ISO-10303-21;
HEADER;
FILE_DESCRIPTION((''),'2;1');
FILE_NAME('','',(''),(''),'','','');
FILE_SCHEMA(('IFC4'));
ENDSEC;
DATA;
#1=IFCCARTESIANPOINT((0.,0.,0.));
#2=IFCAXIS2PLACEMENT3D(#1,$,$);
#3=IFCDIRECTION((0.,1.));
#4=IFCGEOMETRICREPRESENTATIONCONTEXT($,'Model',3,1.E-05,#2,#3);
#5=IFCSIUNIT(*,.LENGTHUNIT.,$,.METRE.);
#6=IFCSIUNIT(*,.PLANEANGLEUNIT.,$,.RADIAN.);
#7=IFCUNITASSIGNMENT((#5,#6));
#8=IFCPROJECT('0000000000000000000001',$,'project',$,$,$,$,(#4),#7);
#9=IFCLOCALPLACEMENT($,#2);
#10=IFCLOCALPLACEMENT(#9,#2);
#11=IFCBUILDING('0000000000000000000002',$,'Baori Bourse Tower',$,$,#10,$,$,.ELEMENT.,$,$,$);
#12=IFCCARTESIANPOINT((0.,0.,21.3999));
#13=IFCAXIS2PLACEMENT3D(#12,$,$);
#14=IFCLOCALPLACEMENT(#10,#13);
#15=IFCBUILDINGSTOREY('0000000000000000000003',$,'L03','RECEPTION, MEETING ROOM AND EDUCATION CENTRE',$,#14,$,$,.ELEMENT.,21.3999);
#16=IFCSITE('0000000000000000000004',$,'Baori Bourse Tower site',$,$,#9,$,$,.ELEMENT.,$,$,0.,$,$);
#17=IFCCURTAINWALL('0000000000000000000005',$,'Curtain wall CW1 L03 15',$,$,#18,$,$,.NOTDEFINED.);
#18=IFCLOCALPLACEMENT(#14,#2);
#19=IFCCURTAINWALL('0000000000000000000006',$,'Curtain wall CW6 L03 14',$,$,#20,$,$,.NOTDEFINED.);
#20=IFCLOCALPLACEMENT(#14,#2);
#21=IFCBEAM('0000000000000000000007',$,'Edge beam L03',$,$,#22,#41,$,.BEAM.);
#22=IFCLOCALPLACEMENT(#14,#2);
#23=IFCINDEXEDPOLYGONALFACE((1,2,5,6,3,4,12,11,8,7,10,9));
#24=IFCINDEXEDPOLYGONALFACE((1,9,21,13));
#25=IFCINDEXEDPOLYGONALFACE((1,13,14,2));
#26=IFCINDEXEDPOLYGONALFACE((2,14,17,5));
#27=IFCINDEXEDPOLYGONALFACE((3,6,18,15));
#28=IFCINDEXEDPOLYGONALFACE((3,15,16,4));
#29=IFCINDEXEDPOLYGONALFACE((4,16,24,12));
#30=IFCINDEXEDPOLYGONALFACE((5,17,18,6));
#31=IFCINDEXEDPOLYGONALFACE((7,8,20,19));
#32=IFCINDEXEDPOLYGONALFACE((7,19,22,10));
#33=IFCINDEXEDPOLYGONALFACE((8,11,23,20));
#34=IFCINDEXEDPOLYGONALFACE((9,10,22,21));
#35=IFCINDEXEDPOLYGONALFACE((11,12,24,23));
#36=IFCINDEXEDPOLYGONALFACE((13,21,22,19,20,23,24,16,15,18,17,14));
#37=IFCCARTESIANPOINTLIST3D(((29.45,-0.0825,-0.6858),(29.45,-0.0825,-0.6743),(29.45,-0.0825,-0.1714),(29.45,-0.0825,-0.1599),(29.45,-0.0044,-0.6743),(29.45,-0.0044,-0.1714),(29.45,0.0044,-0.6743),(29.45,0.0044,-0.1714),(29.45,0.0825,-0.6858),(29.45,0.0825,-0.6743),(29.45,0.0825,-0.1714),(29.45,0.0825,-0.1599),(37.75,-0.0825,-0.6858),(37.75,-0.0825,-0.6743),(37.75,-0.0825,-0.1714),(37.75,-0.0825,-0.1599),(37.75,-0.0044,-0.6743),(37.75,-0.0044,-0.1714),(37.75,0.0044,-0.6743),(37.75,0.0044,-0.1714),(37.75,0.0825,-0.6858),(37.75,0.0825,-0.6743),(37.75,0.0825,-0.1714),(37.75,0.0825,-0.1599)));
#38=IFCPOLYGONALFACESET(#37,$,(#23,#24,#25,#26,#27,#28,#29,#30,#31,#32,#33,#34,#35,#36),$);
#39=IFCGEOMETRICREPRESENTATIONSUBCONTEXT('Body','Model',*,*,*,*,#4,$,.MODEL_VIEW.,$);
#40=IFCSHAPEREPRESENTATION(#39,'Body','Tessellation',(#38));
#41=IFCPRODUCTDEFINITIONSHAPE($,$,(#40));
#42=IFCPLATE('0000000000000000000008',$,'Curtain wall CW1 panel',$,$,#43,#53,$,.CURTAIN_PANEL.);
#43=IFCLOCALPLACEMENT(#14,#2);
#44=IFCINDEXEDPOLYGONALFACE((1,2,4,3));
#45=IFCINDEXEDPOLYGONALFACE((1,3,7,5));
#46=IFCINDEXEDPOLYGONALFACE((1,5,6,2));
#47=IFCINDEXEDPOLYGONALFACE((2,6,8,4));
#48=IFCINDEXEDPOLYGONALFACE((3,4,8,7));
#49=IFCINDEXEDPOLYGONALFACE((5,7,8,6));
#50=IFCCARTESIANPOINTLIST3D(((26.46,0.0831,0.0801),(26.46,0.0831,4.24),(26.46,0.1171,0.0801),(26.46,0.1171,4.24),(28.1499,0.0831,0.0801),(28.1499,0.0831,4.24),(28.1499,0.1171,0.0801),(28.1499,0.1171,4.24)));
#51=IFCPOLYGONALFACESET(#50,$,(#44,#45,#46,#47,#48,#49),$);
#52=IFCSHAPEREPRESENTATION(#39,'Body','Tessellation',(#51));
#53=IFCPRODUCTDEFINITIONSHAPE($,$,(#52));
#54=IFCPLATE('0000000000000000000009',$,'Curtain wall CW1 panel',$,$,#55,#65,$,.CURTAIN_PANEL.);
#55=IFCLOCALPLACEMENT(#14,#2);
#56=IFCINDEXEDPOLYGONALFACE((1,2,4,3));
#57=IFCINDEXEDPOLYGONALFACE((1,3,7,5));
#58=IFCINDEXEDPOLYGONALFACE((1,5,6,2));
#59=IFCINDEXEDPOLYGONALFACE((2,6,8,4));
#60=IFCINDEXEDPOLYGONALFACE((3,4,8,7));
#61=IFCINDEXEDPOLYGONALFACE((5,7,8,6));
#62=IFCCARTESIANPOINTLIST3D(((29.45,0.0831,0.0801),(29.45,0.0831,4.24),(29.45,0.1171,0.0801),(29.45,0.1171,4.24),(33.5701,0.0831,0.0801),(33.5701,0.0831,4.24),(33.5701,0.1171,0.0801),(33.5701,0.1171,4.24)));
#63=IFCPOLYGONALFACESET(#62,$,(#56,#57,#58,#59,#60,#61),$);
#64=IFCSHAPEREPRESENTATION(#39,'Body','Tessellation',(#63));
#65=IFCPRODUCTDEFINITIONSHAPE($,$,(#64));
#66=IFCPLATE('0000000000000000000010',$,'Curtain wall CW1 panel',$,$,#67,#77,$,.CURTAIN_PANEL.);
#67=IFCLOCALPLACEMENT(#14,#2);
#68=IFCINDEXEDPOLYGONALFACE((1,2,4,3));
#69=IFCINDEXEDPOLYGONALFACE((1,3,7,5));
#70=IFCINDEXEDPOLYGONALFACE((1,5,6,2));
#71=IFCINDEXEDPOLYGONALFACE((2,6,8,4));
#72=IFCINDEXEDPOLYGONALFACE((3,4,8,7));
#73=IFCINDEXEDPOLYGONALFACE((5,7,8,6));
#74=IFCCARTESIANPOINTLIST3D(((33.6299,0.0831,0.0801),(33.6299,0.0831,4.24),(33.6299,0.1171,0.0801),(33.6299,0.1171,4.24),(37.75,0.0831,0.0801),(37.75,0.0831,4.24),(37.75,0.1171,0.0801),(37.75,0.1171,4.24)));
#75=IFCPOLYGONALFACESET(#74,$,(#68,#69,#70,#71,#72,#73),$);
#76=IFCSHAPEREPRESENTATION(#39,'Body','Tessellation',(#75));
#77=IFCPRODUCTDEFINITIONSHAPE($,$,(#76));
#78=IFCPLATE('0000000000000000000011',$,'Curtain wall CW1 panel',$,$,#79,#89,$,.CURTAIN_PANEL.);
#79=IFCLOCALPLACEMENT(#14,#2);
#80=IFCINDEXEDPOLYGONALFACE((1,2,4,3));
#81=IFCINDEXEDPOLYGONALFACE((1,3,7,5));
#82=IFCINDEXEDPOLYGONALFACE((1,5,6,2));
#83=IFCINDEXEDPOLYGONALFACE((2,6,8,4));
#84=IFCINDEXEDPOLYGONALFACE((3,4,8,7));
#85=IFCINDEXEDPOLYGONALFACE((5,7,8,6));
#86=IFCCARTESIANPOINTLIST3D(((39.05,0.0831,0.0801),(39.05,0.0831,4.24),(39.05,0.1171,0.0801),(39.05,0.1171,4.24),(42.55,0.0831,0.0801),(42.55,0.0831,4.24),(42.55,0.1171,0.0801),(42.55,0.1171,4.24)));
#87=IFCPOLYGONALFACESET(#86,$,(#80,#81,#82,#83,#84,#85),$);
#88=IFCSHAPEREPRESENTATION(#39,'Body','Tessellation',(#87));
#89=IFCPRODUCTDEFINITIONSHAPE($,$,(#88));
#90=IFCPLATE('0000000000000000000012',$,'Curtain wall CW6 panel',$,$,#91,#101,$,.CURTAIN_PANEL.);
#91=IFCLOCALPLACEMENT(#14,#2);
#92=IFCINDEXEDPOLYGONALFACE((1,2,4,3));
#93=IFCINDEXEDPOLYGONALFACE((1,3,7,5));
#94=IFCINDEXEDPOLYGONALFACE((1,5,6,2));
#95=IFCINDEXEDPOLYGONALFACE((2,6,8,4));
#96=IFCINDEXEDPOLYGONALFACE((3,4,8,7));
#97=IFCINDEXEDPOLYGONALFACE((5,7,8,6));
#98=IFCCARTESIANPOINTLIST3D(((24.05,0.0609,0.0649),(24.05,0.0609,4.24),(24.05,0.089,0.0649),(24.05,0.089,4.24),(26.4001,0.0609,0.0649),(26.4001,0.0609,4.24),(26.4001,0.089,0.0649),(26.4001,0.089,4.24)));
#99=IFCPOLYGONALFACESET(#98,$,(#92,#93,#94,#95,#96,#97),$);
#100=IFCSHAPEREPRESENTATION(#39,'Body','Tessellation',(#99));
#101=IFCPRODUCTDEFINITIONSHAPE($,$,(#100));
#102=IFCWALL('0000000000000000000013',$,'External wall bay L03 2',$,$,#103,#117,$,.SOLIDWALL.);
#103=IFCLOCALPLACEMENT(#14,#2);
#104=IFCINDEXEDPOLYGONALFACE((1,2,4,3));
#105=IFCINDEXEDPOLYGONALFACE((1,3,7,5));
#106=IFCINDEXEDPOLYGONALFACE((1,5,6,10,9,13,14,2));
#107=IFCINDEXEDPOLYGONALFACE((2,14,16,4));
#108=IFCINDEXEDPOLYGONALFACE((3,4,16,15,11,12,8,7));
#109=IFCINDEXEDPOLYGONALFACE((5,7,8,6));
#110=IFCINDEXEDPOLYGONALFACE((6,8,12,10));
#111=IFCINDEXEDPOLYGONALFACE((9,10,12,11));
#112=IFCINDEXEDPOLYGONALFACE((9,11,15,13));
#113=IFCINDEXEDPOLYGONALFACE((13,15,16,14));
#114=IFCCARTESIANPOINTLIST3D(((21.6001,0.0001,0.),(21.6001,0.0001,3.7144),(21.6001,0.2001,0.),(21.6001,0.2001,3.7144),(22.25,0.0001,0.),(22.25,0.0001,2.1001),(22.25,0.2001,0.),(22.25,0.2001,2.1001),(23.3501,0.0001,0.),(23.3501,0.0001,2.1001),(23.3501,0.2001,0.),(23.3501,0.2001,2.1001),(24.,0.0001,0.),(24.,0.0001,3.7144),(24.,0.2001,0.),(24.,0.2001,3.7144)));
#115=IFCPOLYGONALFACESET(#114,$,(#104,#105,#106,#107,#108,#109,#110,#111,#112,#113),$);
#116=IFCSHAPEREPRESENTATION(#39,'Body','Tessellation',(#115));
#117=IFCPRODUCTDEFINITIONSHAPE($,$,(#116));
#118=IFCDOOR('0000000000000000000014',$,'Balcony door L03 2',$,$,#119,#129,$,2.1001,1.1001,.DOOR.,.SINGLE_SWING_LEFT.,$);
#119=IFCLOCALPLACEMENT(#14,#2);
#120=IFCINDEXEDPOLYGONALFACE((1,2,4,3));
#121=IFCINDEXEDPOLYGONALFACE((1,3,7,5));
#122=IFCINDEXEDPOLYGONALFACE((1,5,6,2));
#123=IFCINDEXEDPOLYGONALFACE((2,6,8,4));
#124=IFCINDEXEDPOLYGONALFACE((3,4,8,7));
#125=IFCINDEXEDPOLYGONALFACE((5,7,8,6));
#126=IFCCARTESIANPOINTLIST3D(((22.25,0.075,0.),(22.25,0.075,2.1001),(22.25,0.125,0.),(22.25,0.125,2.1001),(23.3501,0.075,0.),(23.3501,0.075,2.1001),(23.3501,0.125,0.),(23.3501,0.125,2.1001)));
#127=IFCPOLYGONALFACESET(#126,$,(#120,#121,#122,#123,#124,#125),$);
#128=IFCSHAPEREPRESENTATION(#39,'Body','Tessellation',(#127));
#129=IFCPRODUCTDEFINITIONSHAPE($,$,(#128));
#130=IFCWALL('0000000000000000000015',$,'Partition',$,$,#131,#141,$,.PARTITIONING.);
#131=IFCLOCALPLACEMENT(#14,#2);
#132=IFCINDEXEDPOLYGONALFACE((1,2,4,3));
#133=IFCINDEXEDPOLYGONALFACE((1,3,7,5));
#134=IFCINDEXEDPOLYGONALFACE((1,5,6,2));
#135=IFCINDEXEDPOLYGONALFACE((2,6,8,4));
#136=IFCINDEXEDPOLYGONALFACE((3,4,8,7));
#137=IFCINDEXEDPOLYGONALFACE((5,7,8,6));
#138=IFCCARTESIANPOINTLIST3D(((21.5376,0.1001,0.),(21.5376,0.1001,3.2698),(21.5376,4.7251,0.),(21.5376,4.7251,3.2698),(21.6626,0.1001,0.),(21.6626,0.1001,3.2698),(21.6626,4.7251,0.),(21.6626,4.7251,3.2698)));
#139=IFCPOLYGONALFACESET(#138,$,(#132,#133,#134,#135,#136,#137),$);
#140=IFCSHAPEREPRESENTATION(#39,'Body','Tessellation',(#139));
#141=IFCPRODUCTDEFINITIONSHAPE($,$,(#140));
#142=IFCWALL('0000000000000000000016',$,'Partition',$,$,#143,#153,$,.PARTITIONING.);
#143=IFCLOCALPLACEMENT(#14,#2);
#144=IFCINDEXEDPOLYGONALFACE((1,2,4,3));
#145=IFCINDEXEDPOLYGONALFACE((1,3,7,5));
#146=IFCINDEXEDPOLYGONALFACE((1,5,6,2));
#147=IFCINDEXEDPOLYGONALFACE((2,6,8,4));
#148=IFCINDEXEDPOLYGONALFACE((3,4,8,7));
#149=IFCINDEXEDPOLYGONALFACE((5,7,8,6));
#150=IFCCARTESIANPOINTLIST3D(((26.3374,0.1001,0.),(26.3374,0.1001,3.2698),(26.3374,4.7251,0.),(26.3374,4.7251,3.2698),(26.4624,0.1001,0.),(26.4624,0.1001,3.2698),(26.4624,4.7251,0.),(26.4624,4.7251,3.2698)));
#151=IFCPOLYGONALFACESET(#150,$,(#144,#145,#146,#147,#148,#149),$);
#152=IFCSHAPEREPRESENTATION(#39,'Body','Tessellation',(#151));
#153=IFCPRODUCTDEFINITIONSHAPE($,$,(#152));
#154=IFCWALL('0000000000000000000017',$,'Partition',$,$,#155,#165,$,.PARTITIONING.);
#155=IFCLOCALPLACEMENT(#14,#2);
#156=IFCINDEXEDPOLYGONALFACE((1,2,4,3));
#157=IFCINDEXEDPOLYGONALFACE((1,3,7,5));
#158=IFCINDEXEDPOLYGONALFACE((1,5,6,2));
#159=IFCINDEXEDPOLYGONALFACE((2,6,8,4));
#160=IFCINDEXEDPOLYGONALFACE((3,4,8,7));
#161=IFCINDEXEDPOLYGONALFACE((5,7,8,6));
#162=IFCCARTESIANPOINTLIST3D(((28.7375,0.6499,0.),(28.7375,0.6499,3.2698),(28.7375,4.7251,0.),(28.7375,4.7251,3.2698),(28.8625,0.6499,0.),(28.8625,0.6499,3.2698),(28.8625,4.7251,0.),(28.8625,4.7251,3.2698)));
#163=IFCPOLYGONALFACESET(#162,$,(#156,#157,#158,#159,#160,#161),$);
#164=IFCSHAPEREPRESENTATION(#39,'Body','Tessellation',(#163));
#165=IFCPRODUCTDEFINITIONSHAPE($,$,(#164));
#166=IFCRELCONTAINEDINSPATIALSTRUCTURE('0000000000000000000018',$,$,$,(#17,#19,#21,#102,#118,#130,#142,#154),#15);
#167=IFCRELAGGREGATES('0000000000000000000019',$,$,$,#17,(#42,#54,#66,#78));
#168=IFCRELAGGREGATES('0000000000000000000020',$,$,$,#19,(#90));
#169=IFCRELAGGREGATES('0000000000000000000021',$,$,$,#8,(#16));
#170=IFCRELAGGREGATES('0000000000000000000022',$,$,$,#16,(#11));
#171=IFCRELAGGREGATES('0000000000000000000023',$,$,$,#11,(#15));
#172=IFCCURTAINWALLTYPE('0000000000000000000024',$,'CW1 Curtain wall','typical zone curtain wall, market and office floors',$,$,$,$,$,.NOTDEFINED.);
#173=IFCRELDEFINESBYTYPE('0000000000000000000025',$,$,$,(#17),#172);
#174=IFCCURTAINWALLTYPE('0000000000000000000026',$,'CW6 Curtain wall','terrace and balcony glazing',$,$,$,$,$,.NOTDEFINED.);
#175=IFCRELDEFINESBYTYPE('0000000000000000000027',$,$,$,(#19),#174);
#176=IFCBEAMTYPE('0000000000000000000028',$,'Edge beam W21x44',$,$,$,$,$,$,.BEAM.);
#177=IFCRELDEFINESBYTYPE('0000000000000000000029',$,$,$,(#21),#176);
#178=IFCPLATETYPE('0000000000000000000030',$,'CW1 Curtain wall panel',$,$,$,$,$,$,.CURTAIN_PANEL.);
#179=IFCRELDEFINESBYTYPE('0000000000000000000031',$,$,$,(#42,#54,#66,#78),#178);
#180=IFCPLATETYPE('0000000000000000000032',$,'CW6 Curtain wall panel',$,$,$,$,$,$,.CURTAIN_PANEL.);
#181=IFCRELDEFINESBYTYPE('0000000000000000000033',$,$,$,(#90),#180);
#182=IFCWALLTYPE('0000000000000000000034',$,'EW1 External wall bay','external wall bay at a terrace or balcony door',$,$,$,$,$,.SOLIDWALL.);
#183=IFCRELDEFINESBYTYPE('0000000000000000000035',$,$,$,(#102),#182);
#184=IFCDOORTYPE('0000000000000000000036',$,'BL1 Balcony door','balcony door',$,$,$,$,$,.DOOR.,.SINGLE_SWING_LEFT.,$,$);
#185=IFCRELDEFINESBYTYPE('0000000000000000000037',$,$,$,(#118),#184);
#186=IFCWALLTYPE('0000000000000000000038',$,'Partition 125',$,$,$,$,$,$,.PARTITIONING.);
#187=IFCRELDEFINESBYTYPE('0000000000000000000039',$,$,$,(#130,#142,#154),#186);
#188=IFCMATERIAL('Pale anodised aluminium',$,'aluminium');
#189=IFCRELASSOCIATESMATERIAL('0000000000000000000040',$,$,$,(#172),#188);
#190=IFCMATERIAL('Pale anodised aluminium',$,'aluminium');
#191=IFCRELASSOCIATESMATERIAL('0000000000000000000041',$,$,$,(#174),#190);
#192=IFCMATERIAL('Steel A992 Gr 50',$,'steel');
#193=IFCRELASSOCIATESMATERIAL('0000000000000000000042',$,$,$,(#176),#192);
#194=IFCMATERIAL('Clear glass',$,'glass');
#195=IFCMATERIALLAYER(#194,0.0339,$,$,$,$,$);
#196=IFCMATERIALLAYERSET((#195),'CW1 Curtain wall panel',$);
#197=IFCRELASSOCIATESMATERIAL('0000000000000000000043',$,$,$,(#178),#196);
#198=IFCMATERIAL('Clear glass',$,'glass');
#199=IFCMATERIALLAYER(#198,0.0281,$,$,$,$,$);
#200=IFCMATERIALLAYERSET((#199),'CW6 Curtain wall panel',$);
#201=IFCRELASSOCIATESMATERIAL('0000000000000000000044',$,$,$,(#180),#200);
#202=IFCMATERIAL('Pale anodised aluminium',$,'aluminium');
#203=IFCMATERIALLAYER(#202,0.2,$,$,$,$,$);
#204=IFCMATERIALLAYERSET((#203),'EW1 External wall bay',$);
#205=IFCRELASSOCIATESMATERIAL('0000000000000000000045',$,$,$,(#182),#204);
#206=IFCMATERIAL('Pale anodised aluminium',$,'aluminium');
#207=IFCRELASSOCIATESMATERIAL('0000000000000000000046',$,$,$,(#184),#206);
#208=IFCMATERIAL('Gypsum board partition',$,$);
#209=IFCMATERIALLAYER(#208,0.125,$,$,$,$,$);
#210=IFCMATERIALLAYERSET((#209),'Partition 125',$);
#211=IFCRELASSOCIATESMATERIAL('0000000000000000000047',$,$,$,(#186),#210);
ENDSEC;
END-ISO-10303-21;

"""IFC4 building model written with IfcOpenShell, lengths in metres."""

from ifc_helpers import new_model, si_unit, direction, frame, frame_2d, origin, origin_2d, place, context, subcontext, project, spatial, rectangle, i_section, extrude, material, layer, layer_set, material_profile, profile_set, type_object, element, fill, aggregate, save


model = new_model("IFC4")

# Units and contexts
model_context = context("Model", 3, precision=1e-05, world=origin(), true_north=direction((0.0, 1.0)))
body_context = subcontext(model_context, "Body", "Model", "MODEL_VIEW")
ifc_project = project(units=[si_unit("LENGTHUNIT", "METRE"), si_unit("PLANEANGLEUNIT", "RADIAN")], contexts=[model_context])

# Site, building, storey
site_placement = place(None, origin())
site = spatial("IfcSite", under=ifc_project, at=site_placement, Name="Baori Bourse Tower site", CompositionType="ELEMENT", RefElevation=0.0)
building_placement = place(site_placement, origin())
building = spatial("IfcBuilding", under=site, at=building_placement, Name="Baori Bourse Tower", CompositionType="ELEMENT")
storey_placement = place(building_placement, frame((0.0, 0.0, 21.3999)))
storey = spatial("IfcBuildingStorey", under=building, at=storey_placement, Name="L03", Description="RECEPTION, MEETING ROOM AND EDUCATION CENTRE", CompositionType="ELEMENT", Elevation=21.3999)

# Curtain walls
ifc_material_1 = material(Name="Pale anodised aluminium", Category="aluminium")
curtain_wall_type_1 = type_object("IfcCurtainWallType", Name="CW1 Curtain wall", Description="typical zone curtain wall, market and office floors", PredefinedType="NOTDEFINED", material=ifc_material_1)
curtain_wall_1_placement = place(storey_placement, origin())
curtain_wall_1 = element("IfcCurtainWall", 1, at=curtain_wall_1_placement, inside=storey, type_object=curtain_wall_type_1, Name="Curtain wall CW1 L03 15", PredefinedType="NOTDEFINED")
ifc_material_2 = material(Name="Pale anodised aluminium", Category="aluminium")
curtain_wall_type_2 = type_object("IfcCurtainWallType", Name="CW6 Curtain wall", Description="terrace and balcony glazing", PredefinedType="NOTDEFINED", material=ifc_material_2)
curtain_wall_2_placement = place(storey_placement, origin())
curtain_wall_2 = element("IfcCurtainWall", 2, at=curtain_wall_2_placement, inside=storey, type_object=curtain_wall_type_2, Name="Curtain wall CW6 L03 14", PredefinedType="NOTDEFINED")

# Beam
ifc_material_3 = material(Name="Steel A992 Gr 50", Category="steel")
ifc_material_profile_1 = material_profile(ifc_material_3, i_section(OverallWidth=0.165, OverallDepth=0.5259, WebThickness=0.0088, FlangeThickness=0.0115, at=origin_2d()), Name="W21x44")
ifc_profile_set_1 = profile_set([ifc_material_profile_1], Name="Steel A992 Gr 50")
beam_type_1 = type_object("IfcBeamType", Name="Edge beam W21x44", PredefinedType="BEAM", material=ifc_profile_set_1)
beam_1_placement = place(storey_placement, frame((29.45, 0.0, -0.4229), z_axis=(1.0, 0.0, 0.0), x_axis=(0.0, 1.0, 0.0)))
element("IfcBeam", 3, at=beam_1_placement, inside=storey, type_object=beam_type_1, Name="Edge beam L03", PredefinedType="BEAM", context=body_context, shape_type="SweptSolid", body=[
    extrude(i_section(OverallWidth=0.165, OverallDepth=0.5259, WebThickness=0.0088, FlangeThickness=0.0115, at=origin_2d()), origin(), (0.0, 0.0, 1.0), 8.3),
])

# Plates
ifc_material_4 = material(Name="Clear glass", Category="glass")
ifc_layer_1 = layer(ifc_material_4, 0.0339)
ifc_layer_set_1 = layer_set([ifc_layer_1], Name="CW1 Curtain wall panel")
plate_type_1 = type_object("IfcPlateType", Name="CW1 Curtain wall panel", PredefinedType="CURTAIN_PANEL", material=ifc_layer_set_1)
plate_1_placement = place(storey_placement, frame((27.3049, 0.1001, 0.0801), z_axis=(0.0, 0.0, 1.0), x_axis=(1.0, 0.0, 0.0)))
plate_1 = element("IfcPlate", 4, at=plate_1_placement, type_object=plate_type_1, Name="Curtain wall CW1 panel", PredefinedType="CURTAIN_PANEL", context=body_context, shape_type="SweptSolid", body=[
    extrude(rectangle(XDim=1.6899, YDim=0.0339, at=origin_2d()), origin(), (0.0, 0.0, 1.0), 4.1599),
])
plate_2_placement = place(storey_placement, frame((31.51, 0.1001, 0.0801), z_axis=(0.0, 0.0, 1.0), x_axis=(1.0, 0.0, 0.0)))
plate_2 = element("IfcPlate", 5, at=plate_2_placement, type_object=plate_type_1, Name="Curtain wall CW1 panel", PredefinedType="CURTAIN_PANEL", context=body_context, shape_type="SweptSolid", body=[
    extrude(rectangle(XDim=4.1201, YDim=0.0339, at=origin_2d()), origin(), (0.0, 0.0, 1.0), 4.1599),
])
plate_3_placement = place(storey_placement, frame((35.6899, 0.1001, 0.0801), z_axis=(0.0, 0.0, 1.0), x_axis=(1.0, 0.0, 0.0)))
plate_3 = element("IfcPlate", 6, at=plate_3_placement, type_object=plate_type_1, Name="Curtain wall CW1 panel", PredefinedType="CURTAIN_PANEL", context=body_context, shape_type="SweptSolid", body=[
    extrude(rectangle(XDim=4.1201, YDim=0.0339, at=origin_2d()), origin(), (0.0, 0.0, 1.0), 4.1599),
])
plate_4_placement = place(storey_placement, frame((40.8, 0.1001, 0.0801), z_axis=(0.0, 0.0, 1.0), x_axis=(1.0, 0.0, 0.0)))
plate_4 = element("IfcPlate", 7, at=plate_4_placement, type_object=plate_type_1, Name="Curtain wall CW1 panel", PredefinedType="CURTAIN_PANEL", context=body_context, shape_type="SweptSolid", body=[
    extrude(rectangle(XDim=3.5, YDim=0.0339, at=origin_2d()), origin(), (0.0, 0.0, 1.0), 4.1599),
])
aggregate(curtain_wall_1, [plate_1, plate_2, plate_3, plate_4])
ifc_material_5 = material(Name="Clear glass", Category="glass")
ifc_layer_2 = layer(ifc_material_5, 0.0281)
ifc_layer_set_2 = layer_set([ifc_layer_2], Name="CW6 Curtain wall panel")
plate_type_2 = type_object("IfcPlateType", Name="CW6 Curtain wall panel", PredefinedType="CURTAIN_PANEL", material=ifc_layer_set_2)
plate_5_placement = place(storey_placement, frame((25.2251, 0.075, 0.0649), z_axis=(0.0, 0.0, 1.0), x_axis=(1.0, 0.0, 0.0)))
plate_5 = element("IfcPlate", 8, at=plate_5_placement, type_object=plate_type_2, Name="Curtain wall CW6 panel", PredefinedType="CURTAIN_PANEL", context=body_context, shape_type="SweptSolid", body=[
    extrude(rectangle(XDim=2.3501, YDim=0.0281, at=origin_2d()), origin(), (0.0, 0.0, 1.0), 4.175),
])
aggregate(curtain_wall_2, [plate_5])

# Wall, opening, door
ifc_material_6 = material(Name="Pale anodised aluminium", Category="aluminium")
ifc_layer_3 = layer(ifc_material_6, 0.2)
ifc_layer_set_3 = layer_set([ifc_layer_3], Name="EW1 External wall bay")
wall_type_1 = type_object("IfcWallType", Name="EW1 External wall bay", Description="external wall bay at a terrace or balcony door", PredefinedType="SOLIDWALL", material=ifc_layer_set_3)
wall_1_placement = place(storey_placement, frame((21.6001, 0.1001, 0.0), z_axis=(0.0, 0.0, 1.0), x_axis=(1.0, 0.0, 0.0)))
wall_1 = element("IfcWall", 9, at=wall_1_placement, inside=storey, type_object=wall_type_1, Name="External wall bay L03 2", PredefinedType="SOLIDWALL", context=body_context, shape_type="SweptSolid", body=[
    extrude(rectangle(XDim=2.3999, YDim=0.2, at=frame_2d((1.2, 0.0))), origin(), (0.0, 0.0, 1.0), 3.7144),
])
opening_placement = place(wall_1_placement, frame((0.6499, 0.0, 0.0)))
opening = element("IfcOpeningElement", 10, at=opening_placement, cuts=wall_1, PredefinedType="OPENING", context=body_context, shape_type="SweptSolid", body=[
    extrude(rectangle(XDim=1.1001, YDim=2.1001, at=frame_2d((0.55, 1.05))), frame((0.0, 0.1099, 0.0), z_axis=(0.0, -1.0, 0.0), x_axis=(1.0, 0.0, 0.0)), (0.0, 0.0, 1.0), 0.22),
])
ifc_material_7 = material(Name="Pale anodised aluminium", Category="aluminium")
door_type = type_object("IfcDoorType", Name="BL1 Balcony door", Description="balcony door", OperationType="SINGLE_SWING_LEFT", PredefinedType="DOOR", material=ifc_material_7)
door_placement = place(opening_placement, origin())
door = element("IfcDoor", 11, at=door_placement, inside=storey, type_object=door_type, Name="Balcony door L03 2", OperationType="SINGLE_SWING_LEFT", OverallHeight=2.1001, OverallWidth=1.1001, PredefinedType="DOOR", context=body_context, shape_type="SweptSolid", body=[
    extrude(rectangle(XDim=1.1001, YDim=2.1001, at=frame_2d((0.55, 1.05))), frame((0.0, 0.0249, 0.0), z_axis=(0.0, -1.0, 0.0), x_axis=(1.0, 0.0, 0.0)), (0.0, 0.0, 1.0), 0.05),
])
fill(opening, door)

# Walls
ifc_material_8 = material(Name="Gypsum board partition")
ifc_layer_4 = layer(ifc_material_8, 0.125)
ifc_layer_set_4 = layer_set([ifc_layer_4], Name="Partition 125")
wall_type_2 = type_object("IfcWallType", Name="Partition 125", PredefinedType="PARTITIONING", material=ifc_layer_set_4)
for number, where, z_axis, x_axis, name in (
    (12, (21.6001, 0.1001, 0.0), (0.0, 0.0, 1.0), (0.0, 1.0, 0.0), "Partition"),
    (13, (26.3999, 0.1001, 0.0), (0.0, 0.0, 1.0), (0.0, 1.0, 0.0), "Partition"),
):
    element("IfcWall", number, at=place(storey_placement, frame(where, z_axis=z_axis, x_axis=x_axis)), inside=storey, type_object=wall_type_2, Name=name, PredefinedType="PARTITIONING", context=body_context, shape_type="SweptSolid", body=[
        extrude(rectangle(XDim=4.625, YDim=0.125, at=frame_2d((2.3125, 0.0))), origin(), (0.0, 0.0, 1.0), 3.2698),
    ])
wall_2_placement = place(storey_placement, frame((28.8, 0.6499, 0.0), z_axis=(0.0, 0.0, 1.0), x_axis=(0.0, 1.0, 0.0)))
element("IfcWall", 14, at=wall_2_placement, inside=storey, type_object=wall_type_2, Name="Partition", PredefinedType="PARTITIONING", context=body_context, shape_type="SweptSolid", body=[
    extrude(rectangle(XDim=4.0752, YDim=0.125, at=frame_2d((2.0376, 0.0))), origin(), (0.0, 0.0, 1.0), 3.2698),
])

save(model, "model.ifc")
